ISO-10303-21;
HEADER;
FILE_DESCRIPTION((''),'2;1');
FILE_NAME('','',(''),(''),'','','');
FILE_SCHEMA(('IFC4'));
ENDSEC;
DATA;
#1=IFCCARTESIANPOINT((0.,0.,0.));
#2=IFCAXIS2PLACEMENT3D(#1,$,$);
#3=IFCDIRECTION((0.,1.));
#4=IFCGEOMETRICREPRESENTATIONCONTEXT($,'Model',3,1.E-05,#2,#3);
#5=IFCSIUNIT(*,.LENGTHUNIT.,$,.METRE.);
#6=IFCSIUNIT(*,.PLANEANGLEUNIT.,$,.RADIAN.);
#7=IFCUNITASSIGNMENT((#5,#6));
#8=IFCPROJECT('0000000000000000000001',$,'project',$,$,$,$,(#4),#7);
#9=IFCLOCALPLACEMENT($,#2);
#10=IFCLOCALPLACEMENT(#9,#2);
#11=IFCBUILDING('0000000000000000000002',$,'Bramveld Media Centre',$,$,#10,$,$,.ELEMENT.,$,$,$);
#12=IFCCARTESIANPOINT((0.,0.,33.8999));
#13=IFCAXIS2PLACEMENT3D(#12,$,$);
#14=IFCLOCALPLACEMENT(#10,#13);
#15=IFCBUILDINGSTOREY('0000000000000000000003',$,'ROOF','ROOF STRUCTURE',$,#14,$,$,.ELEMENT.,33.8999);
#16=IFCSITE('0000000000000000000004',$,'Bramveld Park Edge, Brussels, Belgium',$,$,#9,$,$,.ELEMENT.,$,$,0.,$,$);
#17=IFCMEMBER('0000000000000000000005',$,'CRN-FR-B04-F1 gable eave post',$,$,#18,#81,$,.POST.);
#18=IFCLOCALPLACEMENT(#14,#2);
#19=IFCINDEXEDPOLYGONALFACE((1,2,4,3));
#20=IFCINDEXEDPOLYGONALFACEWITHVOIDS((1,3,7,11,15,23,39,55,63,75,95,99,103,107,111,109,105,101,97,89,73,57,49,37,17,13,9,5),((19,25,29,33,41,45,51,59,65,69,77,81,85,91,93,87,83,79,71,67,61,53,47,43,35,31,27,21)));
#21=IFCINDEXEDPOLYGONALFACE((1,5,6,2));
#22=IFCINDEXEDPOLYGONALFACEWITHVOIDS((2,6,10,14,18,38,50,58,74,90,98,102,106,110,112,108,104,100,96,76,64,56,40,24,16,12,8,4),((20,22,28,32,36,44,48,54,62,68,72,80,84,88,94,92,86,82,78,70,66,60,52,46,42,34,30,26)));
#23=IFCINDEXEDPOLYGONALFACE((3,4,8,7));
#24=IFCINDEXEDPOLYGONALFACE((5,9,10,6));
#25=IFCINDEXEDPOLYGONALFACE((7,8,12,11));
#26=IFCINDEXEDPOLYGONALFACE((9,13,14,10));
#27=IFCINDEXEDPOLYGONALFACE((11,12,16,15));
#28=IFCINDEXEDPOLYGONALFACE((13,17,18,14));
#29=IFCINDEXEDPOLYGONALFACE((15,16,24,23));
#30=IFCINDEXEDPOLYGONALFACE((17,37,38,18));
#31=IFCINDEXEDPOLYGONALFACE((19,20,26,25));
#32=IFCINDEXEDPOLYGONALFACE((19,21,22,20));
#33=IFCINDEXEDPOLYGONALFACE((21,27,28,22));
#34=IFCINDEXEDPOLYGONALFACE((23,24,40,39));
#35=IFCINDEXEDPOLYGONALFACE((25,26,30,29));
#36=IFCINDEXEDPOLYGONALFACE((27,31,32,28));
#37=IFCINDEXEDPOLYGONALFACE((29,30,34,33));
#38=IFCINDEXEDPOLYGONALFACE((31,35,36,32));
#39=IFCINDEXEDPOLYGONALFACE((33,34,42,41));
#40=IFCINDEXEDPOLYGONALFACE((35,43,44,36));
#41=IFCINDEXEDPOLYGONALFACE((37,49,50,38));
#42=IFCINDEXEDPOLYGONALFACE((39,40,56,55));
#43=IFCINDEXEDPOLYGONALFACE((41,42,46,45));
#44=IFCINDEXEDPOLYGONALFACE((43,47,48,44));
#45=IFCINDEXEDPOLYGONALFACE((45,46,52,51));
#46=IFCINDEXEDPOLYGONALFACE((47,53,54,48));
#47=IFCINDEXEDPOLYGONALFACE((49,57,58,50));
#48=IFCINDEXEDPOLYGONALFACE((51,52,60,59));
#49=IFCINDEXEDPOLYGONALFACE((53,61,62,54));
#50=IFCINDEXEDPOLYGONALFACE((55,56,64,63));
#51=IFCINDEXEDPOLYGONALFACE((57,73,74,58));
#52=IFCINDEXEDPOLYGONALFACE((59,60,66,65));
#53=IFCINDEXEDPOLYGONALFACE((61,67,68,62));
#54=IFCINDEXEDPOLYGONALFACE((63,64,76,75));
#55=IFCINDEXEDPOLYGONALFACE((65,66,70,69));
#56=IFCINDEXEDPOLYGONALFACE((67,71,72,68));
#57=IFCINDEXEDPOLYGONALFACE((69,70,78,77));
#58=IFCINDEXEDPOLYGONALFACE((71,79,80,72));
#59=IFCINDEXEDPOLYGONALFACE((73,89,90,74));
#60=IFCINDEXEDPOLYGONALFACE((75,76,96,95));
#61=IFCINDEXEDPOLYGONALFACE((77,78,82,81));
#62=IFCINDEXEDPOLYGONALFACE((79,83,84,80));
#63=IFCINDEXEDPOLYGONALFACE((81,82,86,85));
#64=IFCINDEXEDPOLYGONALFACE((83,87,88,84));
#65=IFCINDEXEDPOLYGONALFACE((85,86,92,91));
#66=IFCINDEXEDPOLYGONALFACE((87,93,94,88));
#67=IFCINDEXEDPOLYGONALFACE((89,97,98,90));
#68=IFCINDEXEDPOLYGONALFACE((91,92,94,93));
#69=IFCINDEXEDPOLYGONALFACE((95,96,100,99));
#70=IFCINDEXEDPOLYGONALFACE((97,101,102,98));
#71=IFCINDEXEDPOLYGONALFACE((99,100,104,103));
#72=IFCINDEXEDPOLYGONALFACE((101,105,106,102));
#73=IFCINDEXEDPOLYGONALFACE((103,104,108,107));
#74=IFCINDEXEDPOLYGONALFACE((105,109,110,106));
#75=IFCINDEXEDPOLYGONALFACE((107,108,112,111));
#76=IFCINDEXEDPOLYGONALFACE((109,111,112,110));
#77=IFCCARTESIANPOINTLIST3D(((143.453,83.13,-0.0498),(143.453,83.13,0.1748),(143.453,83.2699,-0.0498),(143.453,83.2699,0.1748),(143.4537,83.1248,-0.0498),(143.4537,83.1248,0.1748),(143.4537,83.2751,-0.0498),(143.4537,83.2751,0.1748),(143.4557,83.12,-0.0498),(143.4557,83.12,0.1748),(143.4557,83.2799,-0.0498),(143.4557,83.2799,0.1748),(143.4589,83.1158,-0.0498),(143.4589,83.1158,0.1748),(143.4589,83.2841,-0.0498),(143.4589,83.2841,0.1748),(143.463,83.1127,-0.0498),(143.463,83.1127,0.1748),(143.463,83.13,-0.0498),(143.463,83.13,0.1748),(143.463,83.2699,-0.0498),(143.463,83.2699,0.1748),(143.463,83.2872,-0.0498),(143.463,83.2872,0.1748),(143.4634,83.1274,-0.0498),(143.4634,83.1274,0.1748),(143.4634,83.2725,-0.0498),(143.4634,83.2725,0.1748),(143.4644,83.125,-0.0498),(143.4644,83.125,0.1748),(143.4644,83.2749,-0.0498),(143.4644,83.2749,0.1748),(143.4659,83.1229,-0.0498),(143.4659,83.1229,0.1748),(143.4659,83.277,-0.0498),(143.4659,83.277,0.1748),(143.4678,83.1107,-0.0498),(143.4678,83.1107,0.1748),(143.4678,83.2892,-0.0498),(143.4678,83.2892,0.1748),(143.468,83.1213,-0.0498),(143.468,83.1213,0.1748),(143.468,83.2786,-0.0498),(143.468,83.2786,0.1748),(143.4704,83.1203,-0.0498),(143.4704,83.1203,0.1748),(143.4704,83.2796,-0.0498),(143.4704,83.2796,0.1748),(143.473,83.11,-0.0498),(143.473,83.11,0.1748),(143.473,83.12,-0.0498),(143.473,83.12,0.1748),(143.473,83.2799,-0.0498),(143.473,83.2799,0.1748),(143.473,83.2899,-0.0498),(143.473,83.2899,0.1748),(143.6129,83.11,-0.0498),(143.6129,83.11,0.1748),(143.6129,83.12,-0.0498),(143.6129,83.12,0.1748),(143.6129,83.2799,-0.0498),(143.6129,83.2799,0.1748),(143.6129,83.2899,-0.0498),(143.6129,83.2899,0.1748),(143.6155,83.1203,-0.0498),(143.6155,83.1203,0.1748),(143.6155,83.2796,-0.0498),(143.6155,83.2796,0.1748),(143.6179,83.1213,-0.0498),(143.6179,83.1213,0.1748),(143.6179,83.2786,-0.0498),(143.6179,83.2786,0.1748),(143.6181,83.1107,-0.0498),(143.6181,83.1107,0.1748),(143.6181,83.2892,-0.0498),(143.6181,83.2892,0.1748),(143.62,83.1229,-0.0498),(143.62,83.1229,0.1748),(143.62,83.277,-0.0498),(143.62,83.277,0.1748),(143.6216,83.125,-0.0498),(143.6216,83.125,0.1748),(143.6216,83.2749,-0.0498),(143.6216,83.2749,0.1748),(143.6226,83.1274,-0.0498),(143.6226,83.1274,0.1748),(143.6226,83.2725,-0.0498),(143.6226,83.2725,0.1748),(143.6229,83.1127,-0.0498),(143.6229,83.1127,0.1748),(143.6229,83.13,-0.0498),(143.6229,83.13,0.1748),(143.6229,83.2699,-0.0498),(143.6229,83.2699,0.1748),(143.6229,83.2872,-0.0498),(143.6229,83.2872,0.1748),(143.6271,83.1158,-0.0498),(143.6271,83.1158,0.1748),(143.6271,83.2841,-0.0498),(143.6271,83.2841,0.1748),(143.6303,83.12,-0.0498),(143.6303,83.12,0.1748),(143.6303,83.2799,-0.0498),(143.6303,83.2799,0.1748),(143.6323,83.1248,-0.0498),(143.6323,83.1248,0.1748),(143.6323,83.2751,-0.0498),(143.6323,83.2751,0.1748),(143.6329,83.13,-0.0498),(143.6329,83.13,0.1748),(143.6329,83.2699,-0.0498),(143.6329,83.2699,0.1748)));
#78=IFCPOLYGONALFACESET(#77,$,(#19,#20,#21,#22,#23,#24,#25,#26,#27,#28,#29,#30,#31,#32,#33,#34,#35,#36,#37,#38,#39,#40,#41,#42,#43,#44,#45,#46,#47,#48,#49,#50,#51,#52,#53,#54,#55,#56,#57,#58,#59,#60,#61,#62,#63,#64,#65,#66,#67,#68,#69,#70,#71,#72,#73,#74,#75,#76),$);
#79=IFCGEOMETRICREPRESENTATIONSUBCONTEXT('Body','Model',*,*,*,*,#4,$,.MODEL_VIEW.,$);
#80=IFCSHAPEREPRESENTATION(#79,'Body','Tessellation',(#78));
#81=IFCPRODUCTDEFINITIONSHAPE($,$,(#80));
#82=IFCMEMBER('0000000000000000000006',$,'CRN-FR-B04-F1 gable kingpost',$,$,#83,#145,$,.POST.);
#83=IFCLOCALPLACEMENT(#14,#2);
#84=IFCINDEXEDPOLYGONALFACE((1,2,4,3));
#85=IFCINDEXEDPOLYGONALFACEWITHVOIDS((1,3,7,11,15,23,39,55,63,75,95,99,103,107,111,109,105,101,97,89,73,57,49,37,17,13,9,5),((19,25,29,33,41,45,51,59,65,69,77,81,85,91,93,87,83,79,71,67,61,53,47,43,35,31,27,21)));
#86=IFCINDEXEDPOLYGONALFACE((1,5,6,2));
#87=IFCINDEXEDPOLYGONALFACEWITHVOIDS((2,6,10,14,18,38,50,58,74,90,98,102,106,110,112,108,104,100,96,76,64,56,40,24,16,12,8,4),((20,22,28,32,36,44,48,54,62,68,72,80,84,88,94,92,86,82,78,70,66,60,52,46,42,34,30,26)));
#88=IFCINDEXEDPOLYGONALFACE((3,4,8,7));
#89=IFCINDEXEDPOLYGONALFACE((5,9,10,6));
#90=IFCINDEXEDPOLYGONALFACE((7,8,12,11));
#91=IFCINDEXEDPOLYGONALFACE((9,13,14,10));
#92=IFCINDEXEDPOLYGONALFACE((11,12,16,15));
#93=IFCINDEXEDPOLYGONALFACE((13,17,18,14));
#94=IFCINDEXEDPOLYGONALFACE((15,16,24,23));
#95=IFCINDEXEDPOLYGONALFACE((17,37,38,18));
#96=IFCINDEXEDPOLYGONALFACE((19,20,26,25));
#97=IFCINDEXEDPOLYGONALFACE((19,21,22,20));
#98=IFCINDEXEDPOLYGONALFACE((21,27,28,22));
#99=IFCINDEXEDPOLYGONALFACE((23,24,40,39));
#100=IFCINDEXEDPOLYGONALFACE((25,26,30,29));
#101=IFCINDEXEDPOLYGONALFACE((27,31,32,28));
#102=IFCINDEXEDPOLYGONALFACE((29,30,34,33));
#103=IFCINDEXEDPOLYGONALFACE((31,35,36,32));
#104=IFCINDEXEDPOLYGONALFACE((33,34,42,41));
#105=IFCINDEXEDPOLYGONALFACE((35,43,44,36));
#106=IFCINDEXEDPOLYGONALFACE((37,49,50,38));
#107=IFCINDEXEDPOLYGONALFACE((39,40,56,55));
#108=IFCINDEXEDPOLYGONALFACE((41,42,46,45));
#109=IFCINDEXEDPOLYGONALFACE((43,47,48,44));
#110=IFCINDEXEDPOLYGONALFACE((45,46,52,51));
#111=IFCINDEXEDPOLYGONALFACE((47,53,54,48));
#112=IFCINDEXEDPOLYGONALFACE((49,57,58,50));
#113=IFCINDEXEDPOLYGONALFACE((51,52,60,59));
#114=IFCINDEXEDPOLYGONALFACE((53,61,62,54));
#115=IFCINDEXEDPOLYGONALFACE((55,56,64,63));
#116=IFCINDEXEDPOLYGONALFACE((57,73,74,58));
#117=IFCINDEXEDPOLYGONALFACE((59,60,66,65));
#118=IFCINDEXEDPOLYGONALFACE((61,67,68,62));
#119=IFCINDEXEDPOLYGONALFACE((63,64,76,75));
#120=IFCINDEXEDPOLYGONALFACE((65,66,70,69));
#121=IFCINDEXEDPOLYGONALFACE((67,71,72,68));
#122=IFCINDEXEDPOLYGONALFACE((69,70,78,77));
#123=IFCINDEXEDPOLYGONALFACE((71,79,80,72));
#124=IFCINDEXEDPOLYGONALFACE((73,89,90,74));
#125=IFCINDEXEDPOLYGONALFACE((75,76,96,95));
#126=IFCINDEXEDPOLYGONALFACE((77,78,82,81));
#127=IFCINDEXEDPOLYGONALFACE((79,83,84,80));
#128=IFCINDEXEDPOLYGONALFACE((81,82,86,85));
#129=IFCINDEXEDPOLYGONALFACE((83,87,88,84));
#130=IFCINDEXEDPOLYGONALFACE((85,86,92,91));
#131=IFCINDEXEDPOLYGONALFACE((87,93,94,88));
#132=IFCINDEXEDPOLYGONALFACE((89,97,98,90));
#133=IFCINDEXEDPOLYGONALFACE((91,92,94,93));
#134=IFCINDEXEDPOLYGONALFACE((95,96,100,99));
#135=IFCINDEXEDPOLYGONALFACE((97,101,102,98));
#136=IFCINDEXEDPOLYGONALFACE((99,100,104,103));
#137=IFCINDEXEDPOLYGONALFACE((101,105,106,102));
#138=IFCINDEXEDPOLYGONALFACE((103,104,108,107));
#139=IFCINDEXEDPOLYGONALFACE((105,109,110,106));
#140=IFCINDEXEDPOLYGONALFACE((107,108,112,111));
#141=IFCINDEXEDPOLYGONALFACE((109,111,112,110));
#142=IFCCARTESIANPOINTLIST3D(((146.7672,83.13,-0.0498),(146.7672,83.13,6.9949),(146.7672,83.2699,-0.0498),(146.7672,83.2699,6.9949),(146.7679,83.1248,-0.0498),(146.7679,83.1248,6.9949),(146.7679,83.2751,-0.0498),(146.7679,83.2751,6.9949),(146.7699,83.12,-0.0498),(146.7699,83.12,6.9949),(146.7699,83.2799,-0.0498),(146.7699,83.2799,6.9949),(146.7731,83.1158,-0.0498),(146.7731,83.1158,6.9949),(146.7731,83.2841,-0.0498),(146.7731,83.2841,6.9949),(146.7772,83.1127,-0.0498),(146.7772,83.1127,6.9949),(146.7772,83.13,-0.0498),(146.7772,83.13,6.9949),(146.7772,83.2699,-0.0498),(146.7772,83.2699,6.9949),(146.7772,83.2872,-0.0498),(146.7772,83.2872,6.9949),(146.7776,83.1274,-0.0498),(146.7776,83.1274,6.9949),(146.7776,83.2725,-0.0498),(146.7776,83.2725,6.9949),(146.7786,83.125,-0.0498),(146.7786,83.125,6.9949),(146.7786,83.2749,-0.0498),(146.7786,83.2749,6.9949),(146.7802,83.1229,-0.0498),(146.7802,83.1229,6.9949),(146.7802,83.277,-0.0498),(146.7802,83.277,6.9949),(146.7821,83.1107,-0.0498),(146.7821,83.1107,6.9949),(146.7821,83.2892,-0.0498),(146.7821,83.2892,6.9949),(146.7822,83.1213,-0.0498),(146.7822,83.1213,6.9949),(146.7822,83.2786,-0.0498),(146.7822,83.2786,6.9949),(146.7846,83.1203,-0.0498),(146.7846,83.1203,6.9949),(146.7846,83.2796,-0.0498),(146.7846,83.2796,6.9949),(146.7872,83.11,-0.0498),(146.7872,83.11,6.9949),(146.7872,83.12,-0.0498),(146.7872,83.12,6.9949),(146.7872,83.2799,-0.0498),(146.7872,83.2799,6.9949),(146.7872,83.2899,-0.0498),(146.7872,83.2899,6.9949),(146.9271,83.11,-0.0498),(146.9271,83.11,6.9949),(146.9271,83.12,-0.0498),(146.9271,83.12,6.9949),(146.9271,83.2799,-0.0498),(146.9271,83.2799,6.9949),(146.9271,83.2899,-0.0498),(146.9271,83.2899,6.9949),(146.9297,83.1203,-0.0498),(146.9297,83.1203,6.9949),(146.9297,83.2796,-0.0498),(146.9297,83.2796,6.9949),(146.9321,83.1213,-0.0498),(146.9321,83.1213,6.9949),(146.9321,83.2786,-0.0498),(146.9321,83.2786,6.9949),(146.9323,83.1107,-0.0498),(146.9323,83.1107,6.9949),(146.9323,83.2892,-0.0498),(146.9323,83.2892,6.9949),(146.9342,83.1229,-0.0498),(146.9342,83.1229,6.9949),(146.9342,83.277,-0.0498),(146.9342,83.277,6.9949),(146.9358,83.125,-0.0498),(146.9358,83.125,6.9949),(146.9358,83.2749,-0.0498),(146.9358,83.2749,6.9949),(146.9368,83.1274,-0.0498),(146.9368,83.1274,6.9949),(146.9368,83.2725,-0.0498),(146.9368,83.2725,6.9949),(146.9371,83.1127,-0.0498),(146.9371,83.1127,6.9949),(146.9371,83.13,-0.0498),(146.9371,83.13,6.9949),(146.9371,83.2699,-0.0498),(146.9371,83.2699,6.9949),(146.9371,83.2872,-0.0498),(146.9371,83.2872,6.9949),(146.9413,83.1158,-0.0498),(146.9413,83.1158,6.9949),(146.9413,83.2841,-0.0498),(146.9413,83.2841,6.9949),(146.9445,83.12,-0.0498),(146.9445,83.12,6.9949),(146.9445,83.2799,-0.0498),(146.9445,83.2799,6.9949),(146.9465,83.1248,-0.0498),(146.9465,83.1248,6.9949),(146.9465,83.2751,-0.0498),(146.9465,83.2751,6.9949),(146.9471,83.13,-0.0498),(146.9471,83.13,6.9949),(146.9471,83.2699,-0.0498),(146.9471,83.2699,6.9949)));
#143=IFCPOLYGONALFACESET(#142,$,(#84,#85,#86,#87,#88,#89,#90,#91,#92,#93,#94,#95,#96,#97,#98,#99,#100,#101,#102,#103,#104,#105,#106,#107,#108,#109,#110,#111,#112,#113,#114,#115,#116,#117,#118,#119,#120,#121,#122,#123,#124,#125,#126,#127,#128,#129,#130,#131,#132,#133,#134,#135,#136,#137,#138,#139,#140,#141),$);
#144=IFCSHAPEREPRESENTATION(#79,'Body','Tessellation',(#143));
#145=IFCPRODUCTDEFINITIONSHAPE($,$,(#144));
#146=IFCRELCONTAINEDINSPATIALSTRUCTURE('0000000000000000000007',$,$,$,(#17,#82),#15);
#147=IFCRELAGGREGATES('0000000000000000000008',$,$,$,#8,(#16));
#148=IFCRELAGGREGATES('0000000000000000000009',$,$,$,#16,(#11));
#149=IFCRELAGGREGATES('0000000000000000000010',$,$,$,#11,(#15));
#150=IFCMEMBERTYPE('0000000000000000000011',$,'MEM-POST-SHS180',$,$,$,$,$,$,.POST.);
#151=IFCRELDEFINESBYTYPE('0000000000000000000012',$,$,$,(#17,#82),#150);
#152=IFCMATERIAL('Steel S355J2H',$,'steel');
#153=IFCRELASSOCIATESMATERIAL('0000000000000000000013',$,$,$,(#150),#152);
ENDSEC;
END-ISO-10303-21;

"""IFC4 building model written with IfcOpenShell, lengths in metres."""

from ifc_helpers import new_model, si_unit, direction, frame, origin, origin_2d, place, context, subcontext, project, spatial, hollow_rectangle, extrude, material, material_profile, profile_set, type_object, element, save


model = new_model("IFC4")

# Units and contexts
model_context = context("Model", 3, precision=1e-05, world=origin(), true_north=direction((0.0, 1.0)))
body_context = subcontext(model_context, "Body", "Model", "MODEL_VIEW")
ifc_project = project(units=[si_unit("LENGTHUNIT", "METRE"), si_unit("PLANEANGLEUNIT", "RADIAN")], contexts=[model_context])

# Site, building, storey
site_placement = place(None, origin())
site = spatial("IfcSite", under=ifc_project, at=site_placement, Name="Bramveld Park Edge, Brussels, Belgium", CompositionType="ELEMENT", RefElevation=0.0)
building_placement = place(site_placement, origin())
building = spatial("IfcBuilding", under=site, at=building_placement, Name="Bramveld Media Centre", CompositionType="ELEMENT")
storey_placement = place(building_placement, frame((0.0, 0.0, 33.8999)))
storey = spatial("IfcBuildingStorey", under=building, at=storey_placement, Name="ROOF", Description="ROOF STRUCTURE", CompositionType="ELEMENT", Elevation=33.8999)

# Members
ifc_material_1 = material(Name="Steel S355J2H", Category="steel")
ifc_material_profile_1 = material_profile(ifc_material_1, hollow_rectangle(XDim=0.1799, YDim=0.1799, WallThickness=0.01, InnerFilletRadius=0.01, OuterFilletRadius=0.02, at=origin_2d()), Name="SHS 180x180x10")
ifc_profile_set_1 = profile_set([ifc_material_profile_1], Name="Steel S355J2H")
member_type_1 = type_object("IfcMemberType", Name="MEM-POST-SHS180", PredefinedType="POST", material=ifc_profile_set_1)
member_1_placement = place(storey_placement, frame((143.543, 83.2, -0.0498), z_axis=(0.0, 0.0, 1.0), x_axis=(1.0, 0.0, 0.0)))
element("IfcMember", 1, at=member_1_placement, inside=storey, type_object=member_type_1, Name="CRN-FR-B04-F1 gable eave post", PredefinedType="POST", context=body_context, shape_type="SweptSolid", body=[
    extrude(hollow_rectangle(XDim=0.1799, YDim=0.1799, WallThickness=0.01, InnerFilletRadius=0.01, OuterFilletRadius=0.02, at=origin_2d()), origin(), (0.0, 0.0, 1.0), 0.2246),
])
member_2_placement = place(storey_placement, frame((146.8572, 83.2, -0.0498), z_axis=(0.0, 0.0, 1.0), x_axis=(1.0, 0.0, 0.0)))
element("IfcMember", 2, at=member_2_placement, inside=storey, type_object=member_type_1, Name="CRN-FR-B04-F1 gable kingpost", PredefinedType="POST", context=body_context, shape_type="SweptSolid", body=[
    extrude(hollow_rectangle(XDim=0.1799, YDim=0.1799, WallThickness=0.01, InnerFilletRadius=0.01, OuterFilletRadius=0.02, at=origin_2d()), origin(), (0.0, 0.0, 1.0), 7.0447),
])

save(model, "model.ifc")
